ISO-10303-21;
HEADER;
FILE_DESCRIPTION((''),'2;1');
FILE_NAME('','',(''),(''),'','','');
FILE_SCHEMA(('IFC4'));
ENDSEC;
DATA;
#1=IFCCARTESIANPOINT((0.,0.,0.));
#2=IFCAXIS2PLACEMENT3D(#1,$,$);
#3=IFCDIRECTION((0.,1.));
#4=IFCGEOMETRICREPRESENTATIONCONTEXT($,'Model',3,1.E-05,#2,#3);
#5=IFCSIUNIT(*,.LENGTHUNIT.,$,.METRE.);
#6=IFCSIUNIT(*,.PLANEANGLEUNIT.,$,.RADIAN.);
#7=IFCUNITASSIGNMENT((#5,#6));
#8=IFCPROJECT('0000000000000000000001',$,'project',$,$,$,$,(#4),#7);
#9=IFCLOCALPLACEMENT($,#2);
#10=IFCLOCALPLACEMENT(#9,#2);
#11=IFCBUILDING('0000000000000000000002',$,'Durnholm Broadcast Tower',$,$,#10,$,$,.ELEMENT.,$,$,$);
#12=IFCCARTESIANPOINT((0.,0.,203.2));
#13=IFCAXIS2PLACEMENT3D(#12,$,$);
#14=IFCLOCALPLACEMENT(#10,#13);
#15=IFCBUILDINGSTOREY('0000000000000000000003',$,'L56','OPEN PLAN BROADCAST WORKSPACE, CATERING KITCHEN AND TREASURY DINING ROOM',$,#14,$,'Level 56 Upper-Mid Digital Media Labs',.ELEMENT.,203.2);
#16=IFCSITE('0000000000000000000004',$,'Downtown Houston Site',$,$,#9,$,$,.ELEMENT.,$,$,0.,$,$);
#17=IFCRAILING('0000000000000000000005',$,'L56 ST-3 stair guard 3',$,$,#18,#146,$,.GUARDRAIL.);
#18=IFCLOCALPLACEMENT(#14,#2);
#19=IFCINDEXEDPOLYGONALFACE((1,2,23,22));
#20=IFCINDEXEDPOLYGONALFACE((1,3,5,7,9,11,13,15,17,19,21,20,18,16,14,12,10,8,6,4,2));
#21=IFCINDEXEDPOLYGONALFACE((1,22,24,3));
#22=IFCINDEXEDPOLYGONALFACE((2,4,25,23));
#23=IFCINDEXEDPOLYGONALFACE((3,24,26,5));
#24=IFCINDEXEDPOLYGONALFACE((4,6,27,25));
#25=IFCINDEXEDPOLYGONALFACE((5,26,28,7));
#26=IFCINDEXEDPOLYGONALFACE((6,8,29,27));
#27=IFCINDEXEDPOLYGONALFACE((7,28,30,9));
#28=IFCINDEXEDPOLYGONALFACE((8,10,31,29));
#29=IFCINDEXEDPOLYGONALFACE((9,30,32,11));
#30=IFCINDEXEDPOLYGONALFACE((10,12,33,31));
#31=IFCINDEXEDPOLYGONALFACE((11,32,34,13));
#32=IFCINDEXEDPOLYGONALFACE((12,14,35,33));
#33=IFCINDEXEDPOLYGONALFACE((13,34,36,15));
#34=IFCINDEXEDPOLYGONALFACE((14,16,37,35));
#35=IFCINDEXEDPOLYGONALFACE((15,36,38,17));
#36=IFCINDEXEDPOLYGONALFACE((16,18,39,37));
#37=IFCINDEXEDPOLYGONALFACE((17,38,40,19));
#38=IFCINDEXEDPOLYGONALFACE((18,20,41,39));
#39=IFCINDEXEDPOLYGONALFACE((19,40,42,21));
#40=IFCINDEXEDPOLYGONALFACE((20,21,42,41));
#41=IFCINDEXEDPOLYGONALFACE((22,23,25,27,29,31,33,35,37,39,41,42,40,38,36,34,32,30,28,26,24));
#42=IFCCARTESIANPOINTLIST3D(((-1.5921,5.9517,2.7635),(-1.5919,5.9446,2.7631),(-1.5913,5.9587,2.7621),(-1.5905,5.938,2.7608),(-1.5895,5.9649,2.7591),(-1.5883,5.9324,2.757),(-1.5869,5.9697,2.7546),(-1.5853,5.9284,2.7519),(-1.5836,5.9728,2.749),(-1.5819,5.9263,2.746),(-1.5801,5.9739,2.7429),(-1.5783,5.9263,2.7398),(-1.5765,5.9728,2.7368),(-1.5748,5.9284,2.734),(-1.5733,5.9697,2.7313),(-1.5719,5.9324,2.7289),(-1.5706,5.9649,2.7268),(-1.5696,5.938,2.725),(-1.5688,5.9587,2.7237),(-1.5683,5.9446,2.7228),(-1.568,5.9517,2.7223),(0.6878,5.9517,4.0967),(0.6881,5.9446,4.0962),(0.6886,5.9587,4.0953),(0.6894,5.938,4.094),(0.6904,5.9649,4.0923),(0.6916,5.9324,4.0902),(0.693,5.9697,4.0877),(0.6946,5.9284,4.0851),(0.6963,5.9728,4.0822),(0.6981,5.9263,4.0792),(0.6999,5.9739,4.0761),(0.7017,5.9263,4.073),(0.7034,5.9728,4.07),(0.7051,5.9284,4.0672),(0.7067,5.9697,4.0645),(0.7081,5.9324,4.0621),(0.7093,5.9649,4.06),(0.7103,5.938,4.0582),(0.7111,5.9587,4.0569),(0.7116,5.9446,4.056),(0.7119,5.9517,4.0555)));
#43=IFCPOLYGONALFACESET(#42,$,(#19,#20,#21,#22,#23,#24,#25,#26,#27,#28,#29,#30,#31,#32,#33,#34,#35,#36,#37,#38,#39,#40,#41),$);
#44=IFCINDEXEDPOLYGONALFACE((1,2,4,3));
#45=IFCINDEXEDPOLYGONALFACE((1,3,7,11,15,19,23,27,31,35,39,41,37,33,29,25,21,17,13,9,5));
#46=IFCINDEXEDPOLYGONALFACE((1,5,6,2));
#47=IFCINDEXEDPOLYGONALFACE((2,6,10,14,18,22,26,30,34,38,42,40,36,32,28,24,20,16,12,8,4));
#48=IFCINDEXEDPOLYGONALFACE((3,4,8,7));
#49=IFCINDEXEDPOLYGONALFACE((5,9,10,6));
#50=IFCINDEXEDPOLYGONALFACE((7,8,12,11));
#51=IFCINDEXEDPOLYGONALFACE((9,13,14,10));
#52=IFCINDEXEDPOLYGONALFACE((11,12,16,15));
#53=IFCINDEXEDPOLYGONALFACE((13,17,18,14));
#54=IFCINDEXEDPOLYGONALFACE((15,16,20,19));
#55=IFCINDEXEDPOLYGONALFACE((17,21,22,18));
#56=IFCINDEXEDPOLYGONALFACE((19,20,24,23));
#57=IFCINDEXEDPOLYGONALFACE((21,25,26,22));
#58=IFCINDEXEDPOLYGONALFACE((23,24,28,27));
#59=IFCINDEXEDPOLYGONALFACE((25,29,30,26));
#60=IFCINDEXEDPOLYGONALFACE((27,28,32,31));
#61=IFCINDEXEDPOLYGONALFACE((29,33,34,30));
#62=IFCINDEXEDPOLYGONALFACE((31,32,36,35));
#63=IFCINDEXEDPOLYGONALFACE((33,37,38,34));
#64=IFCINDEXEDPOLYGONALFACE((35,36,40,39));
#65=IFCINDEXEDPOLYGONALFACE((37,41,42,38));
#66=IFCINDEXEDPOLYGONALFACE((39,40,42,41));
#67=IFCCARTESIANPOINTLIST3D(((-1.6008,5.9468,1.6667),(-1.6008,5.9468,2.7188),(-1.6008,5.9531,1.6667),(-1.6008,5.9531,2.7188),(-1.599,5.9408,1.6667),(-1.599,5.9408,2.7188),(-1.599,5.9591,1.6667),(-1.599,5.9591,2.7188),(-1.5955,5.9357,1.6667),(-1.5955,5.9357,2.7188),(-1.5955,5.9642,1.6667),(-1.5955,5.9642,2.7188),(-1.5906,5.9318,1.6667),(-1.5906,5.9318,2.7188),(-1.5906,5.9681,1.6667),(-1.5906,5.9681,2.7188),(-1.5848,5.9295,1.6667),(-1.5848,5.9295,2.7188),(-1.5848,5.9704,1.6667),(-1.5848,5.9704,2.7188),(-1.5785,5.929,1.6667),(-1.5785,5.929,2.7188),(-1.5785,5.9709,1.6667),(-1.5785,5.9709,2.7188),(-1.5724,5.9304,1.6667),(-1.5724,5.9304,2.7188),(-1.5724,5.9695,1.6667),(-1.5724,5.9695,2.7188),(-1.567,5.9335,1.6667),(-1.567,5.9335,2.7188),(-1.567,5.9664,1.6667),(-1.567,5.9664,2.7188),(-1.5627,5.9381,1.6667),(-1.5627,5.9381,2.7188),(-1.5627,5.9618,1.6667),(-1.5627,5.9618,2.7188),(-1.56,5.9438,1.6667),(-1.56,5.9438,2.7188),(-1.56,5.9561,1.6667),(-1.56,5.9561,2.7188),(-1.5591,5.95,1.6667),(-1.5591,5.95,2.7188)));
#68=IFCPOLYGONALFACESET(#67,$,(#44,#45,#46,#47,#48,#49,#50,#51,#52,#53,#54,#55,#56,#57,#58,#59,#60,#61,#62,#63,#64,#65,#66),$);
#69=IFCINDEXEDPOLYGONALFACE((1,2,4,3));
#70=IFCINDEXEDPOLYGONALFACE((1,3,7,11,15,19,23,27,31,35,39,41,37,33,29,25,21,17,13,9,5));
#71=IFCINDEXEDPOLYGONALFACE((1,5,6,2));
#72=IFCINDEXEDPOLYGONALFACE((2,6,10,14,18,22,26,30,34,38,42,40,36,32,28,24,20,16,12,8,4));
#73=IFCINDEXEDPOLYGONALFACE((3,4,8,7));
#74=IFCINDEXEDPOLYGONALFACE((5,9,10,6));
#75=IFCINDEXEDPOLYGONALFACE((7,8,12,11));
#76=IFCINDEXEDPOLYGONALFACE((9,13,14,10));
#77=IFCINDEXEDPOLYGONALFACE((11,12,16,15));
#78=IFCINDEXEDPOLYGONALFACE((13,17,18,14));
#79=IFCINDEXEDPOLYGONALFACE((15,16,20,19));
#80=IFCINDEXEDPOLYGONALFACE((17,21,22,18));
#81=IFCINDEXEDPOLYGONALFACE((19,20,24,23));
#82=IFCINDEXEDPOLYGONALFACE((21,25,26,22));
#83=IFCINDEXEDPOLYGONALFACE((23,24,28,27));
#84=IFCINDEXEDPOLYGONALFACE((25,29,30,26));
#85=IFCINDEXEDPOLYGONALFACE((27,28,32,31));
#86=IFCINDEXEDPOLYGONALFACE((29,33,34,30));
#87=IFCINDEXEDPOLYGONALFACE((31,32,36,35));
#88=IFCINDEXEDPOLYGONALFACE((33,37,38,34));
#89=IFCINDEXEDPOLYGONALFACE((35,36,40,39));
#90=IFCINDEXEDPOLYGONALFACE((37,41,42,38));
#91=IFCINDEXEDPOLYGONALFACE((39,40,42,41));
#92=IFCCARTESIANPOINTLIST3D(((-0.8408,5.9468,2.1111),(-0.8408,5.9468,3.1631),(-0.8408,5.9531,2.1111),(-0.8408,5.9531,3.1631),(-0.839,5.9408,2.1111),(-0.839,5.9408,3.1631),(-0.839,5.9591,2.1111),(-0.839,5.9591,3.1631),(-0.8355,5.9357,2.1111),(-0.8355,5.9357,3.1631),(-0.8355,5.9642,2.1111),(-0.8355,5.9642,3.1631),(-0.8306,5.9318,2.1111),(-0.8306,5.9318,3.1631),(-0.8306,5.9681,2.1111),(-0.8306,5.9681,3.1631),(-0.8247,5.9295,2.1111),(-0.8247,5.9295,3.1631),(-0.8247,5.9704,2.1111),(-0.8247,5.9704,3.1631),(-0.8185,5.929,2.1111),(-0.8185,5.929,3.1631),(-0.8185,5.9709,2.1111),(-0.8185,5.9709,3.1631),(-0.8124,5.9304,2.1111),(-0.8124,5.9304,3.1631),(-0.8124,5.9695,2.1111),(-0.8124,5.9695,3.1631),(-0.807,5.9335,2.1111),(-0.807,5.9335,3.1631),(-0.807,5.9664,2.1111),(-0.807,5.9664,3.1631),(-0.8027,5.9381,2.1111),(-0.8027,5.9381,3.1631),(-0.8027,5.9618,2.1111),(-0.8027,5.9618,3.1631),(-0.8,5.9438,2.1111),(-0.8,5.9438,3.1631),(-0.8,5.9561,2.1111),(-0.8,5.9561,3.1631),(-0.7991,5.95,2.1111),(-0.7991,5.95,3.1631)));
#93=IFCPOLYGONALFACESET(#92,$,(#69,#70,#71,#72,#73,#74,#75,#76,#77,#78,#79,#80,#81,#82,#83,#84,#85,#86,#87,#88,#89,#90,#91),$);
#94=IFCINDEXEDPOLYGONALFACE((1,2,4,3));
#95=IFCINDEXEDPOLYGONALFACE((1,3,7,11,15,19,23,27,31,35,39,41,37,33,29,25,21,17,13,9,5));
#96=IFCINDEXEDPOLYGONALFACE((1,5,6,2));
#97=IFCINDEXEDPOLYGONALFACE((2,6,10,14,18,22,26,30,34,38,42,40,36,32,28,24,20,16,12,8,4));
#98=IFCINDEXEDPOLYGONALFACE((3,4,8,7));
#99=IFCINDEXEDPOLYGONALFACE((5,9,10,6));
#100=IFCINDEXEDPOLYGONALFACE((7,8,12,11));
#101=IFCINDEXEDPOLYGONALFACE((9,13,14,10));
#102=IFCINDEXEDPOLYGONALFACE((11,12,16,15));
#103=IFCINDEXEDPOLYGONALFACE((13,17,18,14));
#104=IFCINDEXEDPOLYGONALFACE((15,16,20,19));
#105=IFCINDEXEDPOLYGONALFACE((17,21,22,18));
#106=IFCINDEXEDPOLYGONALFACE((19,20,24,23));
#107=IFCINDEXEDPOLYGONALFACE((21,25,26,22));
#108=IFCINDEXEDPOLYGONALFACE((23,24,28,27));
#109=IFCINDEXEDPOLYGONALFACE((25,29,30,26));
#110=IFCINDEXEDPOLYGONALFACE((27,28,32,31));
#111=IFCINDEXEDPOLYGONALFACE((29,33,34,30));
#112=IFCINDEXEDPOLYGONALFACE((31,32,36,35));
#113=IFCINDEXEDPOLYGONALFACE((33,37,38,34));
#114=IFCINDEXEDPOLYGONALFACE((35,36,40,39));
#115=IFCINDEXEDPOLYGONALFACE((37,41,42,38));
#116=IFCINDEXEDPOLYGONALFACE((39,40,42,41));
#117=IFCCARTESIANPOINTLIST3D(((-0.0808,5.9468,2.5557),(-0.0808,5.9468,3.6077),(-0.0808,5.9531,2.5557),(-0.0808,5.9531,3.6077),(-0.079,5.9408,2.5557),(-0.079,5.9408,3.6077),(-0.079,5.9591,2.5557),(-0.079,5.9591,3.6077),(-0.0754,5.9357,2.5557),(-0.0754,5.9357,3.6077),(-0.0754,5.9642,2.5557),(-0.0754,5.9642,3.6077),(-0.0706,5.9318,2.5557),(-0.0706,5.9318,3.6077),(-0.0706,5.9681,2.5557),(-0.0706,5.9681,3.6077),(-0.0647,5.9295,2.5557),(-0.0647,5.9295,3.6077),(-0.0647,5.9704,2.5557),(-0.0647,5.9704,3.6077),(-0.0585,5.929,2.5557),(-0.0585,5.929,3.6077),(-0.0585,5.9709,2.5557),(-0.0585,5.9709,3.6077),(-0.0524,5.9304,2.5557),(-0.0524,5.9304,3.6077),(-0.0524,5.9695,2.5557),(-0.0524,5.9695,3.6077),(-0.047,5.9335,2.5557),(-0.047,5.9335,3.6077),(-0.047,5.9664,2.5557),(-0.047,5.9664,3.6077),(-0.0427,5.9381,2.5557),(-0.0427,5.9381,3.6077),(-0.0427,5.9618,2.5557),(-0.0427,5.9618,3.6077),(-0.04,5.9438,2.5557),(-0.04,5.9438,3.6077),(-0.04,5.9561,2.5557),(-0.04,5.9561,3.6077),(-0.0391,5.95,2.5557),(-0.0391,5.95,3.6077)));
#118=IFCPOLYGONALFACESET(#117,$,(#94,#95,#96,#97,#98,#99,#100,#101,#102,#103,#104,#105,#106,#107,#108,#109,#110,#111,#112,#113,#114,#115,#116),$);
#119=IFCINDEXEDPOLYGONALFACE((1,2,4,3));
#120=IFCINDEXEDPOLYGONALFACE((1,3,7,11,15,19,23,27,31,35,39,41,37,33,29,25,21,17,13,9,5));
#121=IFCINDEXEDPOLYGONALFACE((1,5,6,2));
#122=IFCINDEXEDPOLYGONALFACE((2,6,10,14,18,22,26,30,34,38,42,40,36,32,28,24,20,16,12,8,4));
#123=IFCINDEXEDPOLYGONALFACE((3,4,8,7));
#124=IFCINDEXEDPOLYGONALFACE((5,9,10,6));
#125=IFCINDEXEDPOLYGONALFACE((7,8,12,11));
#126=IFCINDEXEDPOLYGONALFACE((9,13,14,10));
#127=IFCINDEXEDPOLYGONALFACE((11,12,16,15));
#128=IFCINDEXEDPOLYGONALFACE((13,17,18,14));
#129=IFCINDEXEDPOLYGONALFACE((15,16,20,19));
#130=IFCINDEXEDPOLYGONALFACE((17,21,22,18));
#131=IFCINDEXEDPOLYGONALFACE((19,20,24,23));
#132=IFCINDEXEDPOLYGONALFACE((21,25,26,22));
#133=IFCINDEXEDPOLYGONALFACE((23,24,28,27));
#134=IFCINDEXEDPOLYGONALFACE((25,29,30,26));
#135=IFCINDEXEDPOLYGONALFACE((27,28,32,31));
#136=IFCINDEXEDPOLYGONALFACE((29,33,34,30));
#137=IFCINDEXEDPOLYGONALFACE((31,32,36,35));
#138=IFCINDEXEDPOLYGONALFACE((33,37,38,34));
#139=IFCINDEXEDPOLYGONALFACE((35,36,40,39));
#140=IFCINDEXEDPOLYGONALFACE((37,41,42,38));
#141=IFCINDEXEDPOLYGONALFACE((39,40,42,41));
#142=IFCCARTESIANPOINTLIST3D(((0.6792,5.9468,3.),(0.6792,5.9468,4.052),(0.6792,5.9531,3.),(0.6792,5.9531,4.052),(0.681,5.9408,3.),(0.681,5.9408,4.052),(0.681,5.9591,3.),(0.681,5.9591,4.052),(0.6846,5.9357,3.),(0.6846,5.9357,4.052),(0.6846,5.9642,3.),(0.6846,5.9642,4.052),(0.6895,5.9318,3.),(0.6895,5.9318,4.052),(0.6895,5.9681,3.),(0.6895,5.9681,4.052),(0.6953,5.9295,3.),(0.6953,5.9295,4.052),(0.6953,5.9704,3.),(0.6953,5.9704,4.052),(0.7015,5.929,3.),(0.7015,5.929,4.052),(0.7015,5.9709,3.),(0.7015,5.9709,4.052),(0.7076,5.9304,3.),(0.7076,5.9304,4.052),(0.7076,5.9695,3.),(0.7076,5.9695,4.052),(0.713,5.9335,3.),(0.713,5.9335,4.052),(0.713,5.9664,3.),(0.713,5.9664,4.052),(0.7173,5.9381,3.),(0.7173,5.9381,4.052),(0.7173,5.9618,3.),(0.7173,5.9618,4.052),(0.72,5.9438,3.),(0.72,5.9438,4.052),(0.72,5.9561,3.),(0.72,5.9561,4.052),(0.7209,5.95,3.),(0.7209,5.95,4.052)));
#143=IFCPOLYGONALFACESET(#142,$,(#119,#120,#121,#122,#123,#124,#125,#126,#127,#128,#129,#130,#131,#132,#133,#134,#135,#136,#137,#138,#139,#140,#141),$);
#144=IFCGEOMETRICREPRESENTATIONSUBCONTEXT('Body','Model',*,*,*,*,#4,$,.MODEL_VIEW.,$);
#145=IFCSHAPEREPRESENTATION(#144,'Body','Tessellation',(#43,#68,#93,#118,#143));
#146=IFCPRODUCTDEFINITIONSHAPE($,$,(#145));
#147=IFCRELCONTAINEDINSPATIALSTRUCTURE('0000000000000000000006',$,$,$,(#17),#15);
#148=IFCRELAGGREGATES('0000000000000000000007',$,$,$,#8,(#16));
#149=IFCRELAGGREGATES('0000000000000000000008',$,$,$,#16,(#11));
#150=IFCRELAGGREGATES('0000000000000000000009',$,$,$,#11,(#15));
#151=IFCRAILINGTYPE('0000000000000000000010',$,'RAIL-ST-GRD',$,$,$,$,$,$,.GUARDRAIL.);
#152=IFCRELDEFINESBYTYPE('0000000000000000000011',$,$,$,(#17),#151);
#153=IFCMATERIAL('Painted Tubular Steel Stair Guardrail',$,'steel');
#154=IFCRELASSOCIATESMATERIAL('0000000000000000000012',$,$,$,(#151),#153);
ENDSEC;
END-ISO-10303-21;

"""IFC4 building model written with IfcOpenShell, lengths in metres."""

from ifc_helpers import new_model, si_unit, direction, frame, origin, origin_2d, place, context, subcontext, project, spatial, circle, extrude, material, type_object, element, save


model = new_model("IFC4")

# Units and contexts
model_context = context("Model", 3, precision=1e-05, world=origin(), true_north=direction((0.0, 1.0)))
body_context = subcontext(model_context, "Body", "Model", "MODEL_VIEW")
ifc_project = project(units=[si_unit("LENGTHUNIT", "METRE"), si_unit("PLANEANGLEUNIT", "RADIAN")], contexts=[model_context])

# Site, building, storey
site_placement = place(None, origin())
site = spatial("IfcSite", under=ifc_project, at=site_placement, Name="Downtown Houston Site", CompositionType="ELEMENT", RefElevation=0.0)
building_placement = place(site_placement, origin())
building = spatial("IfcBuilding", under=site, at=building_placement, Name="Durnholm Broadcast Tower", CompositionType="ELEMENT")
storey_placement = place(building_placement, frame((0.0, 0.0, 203.2)))
storey = spatial("IfcBuildingStorey", under=building, at=storey_placement, Name="L56", Description="OPEN PLAN BROADCAST WORKSPACE, CATERING KITCHEN AND TREASURY DINING ROOM", LongName="Level 56 Upper-Mid Digital Media Labs", CompositionType="ELEMENT", Elevation=203.2)

# Railing
ifc_material_1 = material(Name="Painted Tubular Steel Stair Guardrail", Category="steel")
railing_type_1 = type_object("IfcRailingType", Name="RAIL-ST-GRD", PredefinedType="GUARDRAIL", material=ifc_material_1)
railing_1_placement = place(storey_placement, frame((-1.5801, 5.95, 1.6667)))
element("IfcRailing", 1, at=railing_1_placement, inside=storey, type_object=railing_type_1, Name="L56 ST-3 stair guard 3", PredefinedType="GUARDRAIL", context=body_context, shape_type="SweptSolid", body=[
    extrude(circle(Radius=0.0239, at=origin_2d()), frame((0.0, 0.0, 1.0762), z_axis=(0.863245, 0.0, 0.504785), x_axis=(0.0, 1.0, 0.0)), (0.0, 0.0, 1.0), 2.6411),
    extrude(circle(Radius=0.021, at=origin_2d()), origin(), (0.0, 0.0, 1.0), 1.052),
    extrude(circle(Radius=0.021, at=origin_2d()), frame((0.76, 0.0, 0.4443)), (0.0, 0.0, 1.0), 1.052),
    extrude(circle(Radius=0.021, at=origin_2d()), frame((1.52, 0.0, 0.8889)), (0.0, 0.0, 1.0), 1.052),
    extrude(circle(Radius=0.021, at=origin_2d()), frame((2.28, 0.0, 1.3333)), (0.0, 0.0, 1.0), 1.052),
])

save(model, "model.ifc")
